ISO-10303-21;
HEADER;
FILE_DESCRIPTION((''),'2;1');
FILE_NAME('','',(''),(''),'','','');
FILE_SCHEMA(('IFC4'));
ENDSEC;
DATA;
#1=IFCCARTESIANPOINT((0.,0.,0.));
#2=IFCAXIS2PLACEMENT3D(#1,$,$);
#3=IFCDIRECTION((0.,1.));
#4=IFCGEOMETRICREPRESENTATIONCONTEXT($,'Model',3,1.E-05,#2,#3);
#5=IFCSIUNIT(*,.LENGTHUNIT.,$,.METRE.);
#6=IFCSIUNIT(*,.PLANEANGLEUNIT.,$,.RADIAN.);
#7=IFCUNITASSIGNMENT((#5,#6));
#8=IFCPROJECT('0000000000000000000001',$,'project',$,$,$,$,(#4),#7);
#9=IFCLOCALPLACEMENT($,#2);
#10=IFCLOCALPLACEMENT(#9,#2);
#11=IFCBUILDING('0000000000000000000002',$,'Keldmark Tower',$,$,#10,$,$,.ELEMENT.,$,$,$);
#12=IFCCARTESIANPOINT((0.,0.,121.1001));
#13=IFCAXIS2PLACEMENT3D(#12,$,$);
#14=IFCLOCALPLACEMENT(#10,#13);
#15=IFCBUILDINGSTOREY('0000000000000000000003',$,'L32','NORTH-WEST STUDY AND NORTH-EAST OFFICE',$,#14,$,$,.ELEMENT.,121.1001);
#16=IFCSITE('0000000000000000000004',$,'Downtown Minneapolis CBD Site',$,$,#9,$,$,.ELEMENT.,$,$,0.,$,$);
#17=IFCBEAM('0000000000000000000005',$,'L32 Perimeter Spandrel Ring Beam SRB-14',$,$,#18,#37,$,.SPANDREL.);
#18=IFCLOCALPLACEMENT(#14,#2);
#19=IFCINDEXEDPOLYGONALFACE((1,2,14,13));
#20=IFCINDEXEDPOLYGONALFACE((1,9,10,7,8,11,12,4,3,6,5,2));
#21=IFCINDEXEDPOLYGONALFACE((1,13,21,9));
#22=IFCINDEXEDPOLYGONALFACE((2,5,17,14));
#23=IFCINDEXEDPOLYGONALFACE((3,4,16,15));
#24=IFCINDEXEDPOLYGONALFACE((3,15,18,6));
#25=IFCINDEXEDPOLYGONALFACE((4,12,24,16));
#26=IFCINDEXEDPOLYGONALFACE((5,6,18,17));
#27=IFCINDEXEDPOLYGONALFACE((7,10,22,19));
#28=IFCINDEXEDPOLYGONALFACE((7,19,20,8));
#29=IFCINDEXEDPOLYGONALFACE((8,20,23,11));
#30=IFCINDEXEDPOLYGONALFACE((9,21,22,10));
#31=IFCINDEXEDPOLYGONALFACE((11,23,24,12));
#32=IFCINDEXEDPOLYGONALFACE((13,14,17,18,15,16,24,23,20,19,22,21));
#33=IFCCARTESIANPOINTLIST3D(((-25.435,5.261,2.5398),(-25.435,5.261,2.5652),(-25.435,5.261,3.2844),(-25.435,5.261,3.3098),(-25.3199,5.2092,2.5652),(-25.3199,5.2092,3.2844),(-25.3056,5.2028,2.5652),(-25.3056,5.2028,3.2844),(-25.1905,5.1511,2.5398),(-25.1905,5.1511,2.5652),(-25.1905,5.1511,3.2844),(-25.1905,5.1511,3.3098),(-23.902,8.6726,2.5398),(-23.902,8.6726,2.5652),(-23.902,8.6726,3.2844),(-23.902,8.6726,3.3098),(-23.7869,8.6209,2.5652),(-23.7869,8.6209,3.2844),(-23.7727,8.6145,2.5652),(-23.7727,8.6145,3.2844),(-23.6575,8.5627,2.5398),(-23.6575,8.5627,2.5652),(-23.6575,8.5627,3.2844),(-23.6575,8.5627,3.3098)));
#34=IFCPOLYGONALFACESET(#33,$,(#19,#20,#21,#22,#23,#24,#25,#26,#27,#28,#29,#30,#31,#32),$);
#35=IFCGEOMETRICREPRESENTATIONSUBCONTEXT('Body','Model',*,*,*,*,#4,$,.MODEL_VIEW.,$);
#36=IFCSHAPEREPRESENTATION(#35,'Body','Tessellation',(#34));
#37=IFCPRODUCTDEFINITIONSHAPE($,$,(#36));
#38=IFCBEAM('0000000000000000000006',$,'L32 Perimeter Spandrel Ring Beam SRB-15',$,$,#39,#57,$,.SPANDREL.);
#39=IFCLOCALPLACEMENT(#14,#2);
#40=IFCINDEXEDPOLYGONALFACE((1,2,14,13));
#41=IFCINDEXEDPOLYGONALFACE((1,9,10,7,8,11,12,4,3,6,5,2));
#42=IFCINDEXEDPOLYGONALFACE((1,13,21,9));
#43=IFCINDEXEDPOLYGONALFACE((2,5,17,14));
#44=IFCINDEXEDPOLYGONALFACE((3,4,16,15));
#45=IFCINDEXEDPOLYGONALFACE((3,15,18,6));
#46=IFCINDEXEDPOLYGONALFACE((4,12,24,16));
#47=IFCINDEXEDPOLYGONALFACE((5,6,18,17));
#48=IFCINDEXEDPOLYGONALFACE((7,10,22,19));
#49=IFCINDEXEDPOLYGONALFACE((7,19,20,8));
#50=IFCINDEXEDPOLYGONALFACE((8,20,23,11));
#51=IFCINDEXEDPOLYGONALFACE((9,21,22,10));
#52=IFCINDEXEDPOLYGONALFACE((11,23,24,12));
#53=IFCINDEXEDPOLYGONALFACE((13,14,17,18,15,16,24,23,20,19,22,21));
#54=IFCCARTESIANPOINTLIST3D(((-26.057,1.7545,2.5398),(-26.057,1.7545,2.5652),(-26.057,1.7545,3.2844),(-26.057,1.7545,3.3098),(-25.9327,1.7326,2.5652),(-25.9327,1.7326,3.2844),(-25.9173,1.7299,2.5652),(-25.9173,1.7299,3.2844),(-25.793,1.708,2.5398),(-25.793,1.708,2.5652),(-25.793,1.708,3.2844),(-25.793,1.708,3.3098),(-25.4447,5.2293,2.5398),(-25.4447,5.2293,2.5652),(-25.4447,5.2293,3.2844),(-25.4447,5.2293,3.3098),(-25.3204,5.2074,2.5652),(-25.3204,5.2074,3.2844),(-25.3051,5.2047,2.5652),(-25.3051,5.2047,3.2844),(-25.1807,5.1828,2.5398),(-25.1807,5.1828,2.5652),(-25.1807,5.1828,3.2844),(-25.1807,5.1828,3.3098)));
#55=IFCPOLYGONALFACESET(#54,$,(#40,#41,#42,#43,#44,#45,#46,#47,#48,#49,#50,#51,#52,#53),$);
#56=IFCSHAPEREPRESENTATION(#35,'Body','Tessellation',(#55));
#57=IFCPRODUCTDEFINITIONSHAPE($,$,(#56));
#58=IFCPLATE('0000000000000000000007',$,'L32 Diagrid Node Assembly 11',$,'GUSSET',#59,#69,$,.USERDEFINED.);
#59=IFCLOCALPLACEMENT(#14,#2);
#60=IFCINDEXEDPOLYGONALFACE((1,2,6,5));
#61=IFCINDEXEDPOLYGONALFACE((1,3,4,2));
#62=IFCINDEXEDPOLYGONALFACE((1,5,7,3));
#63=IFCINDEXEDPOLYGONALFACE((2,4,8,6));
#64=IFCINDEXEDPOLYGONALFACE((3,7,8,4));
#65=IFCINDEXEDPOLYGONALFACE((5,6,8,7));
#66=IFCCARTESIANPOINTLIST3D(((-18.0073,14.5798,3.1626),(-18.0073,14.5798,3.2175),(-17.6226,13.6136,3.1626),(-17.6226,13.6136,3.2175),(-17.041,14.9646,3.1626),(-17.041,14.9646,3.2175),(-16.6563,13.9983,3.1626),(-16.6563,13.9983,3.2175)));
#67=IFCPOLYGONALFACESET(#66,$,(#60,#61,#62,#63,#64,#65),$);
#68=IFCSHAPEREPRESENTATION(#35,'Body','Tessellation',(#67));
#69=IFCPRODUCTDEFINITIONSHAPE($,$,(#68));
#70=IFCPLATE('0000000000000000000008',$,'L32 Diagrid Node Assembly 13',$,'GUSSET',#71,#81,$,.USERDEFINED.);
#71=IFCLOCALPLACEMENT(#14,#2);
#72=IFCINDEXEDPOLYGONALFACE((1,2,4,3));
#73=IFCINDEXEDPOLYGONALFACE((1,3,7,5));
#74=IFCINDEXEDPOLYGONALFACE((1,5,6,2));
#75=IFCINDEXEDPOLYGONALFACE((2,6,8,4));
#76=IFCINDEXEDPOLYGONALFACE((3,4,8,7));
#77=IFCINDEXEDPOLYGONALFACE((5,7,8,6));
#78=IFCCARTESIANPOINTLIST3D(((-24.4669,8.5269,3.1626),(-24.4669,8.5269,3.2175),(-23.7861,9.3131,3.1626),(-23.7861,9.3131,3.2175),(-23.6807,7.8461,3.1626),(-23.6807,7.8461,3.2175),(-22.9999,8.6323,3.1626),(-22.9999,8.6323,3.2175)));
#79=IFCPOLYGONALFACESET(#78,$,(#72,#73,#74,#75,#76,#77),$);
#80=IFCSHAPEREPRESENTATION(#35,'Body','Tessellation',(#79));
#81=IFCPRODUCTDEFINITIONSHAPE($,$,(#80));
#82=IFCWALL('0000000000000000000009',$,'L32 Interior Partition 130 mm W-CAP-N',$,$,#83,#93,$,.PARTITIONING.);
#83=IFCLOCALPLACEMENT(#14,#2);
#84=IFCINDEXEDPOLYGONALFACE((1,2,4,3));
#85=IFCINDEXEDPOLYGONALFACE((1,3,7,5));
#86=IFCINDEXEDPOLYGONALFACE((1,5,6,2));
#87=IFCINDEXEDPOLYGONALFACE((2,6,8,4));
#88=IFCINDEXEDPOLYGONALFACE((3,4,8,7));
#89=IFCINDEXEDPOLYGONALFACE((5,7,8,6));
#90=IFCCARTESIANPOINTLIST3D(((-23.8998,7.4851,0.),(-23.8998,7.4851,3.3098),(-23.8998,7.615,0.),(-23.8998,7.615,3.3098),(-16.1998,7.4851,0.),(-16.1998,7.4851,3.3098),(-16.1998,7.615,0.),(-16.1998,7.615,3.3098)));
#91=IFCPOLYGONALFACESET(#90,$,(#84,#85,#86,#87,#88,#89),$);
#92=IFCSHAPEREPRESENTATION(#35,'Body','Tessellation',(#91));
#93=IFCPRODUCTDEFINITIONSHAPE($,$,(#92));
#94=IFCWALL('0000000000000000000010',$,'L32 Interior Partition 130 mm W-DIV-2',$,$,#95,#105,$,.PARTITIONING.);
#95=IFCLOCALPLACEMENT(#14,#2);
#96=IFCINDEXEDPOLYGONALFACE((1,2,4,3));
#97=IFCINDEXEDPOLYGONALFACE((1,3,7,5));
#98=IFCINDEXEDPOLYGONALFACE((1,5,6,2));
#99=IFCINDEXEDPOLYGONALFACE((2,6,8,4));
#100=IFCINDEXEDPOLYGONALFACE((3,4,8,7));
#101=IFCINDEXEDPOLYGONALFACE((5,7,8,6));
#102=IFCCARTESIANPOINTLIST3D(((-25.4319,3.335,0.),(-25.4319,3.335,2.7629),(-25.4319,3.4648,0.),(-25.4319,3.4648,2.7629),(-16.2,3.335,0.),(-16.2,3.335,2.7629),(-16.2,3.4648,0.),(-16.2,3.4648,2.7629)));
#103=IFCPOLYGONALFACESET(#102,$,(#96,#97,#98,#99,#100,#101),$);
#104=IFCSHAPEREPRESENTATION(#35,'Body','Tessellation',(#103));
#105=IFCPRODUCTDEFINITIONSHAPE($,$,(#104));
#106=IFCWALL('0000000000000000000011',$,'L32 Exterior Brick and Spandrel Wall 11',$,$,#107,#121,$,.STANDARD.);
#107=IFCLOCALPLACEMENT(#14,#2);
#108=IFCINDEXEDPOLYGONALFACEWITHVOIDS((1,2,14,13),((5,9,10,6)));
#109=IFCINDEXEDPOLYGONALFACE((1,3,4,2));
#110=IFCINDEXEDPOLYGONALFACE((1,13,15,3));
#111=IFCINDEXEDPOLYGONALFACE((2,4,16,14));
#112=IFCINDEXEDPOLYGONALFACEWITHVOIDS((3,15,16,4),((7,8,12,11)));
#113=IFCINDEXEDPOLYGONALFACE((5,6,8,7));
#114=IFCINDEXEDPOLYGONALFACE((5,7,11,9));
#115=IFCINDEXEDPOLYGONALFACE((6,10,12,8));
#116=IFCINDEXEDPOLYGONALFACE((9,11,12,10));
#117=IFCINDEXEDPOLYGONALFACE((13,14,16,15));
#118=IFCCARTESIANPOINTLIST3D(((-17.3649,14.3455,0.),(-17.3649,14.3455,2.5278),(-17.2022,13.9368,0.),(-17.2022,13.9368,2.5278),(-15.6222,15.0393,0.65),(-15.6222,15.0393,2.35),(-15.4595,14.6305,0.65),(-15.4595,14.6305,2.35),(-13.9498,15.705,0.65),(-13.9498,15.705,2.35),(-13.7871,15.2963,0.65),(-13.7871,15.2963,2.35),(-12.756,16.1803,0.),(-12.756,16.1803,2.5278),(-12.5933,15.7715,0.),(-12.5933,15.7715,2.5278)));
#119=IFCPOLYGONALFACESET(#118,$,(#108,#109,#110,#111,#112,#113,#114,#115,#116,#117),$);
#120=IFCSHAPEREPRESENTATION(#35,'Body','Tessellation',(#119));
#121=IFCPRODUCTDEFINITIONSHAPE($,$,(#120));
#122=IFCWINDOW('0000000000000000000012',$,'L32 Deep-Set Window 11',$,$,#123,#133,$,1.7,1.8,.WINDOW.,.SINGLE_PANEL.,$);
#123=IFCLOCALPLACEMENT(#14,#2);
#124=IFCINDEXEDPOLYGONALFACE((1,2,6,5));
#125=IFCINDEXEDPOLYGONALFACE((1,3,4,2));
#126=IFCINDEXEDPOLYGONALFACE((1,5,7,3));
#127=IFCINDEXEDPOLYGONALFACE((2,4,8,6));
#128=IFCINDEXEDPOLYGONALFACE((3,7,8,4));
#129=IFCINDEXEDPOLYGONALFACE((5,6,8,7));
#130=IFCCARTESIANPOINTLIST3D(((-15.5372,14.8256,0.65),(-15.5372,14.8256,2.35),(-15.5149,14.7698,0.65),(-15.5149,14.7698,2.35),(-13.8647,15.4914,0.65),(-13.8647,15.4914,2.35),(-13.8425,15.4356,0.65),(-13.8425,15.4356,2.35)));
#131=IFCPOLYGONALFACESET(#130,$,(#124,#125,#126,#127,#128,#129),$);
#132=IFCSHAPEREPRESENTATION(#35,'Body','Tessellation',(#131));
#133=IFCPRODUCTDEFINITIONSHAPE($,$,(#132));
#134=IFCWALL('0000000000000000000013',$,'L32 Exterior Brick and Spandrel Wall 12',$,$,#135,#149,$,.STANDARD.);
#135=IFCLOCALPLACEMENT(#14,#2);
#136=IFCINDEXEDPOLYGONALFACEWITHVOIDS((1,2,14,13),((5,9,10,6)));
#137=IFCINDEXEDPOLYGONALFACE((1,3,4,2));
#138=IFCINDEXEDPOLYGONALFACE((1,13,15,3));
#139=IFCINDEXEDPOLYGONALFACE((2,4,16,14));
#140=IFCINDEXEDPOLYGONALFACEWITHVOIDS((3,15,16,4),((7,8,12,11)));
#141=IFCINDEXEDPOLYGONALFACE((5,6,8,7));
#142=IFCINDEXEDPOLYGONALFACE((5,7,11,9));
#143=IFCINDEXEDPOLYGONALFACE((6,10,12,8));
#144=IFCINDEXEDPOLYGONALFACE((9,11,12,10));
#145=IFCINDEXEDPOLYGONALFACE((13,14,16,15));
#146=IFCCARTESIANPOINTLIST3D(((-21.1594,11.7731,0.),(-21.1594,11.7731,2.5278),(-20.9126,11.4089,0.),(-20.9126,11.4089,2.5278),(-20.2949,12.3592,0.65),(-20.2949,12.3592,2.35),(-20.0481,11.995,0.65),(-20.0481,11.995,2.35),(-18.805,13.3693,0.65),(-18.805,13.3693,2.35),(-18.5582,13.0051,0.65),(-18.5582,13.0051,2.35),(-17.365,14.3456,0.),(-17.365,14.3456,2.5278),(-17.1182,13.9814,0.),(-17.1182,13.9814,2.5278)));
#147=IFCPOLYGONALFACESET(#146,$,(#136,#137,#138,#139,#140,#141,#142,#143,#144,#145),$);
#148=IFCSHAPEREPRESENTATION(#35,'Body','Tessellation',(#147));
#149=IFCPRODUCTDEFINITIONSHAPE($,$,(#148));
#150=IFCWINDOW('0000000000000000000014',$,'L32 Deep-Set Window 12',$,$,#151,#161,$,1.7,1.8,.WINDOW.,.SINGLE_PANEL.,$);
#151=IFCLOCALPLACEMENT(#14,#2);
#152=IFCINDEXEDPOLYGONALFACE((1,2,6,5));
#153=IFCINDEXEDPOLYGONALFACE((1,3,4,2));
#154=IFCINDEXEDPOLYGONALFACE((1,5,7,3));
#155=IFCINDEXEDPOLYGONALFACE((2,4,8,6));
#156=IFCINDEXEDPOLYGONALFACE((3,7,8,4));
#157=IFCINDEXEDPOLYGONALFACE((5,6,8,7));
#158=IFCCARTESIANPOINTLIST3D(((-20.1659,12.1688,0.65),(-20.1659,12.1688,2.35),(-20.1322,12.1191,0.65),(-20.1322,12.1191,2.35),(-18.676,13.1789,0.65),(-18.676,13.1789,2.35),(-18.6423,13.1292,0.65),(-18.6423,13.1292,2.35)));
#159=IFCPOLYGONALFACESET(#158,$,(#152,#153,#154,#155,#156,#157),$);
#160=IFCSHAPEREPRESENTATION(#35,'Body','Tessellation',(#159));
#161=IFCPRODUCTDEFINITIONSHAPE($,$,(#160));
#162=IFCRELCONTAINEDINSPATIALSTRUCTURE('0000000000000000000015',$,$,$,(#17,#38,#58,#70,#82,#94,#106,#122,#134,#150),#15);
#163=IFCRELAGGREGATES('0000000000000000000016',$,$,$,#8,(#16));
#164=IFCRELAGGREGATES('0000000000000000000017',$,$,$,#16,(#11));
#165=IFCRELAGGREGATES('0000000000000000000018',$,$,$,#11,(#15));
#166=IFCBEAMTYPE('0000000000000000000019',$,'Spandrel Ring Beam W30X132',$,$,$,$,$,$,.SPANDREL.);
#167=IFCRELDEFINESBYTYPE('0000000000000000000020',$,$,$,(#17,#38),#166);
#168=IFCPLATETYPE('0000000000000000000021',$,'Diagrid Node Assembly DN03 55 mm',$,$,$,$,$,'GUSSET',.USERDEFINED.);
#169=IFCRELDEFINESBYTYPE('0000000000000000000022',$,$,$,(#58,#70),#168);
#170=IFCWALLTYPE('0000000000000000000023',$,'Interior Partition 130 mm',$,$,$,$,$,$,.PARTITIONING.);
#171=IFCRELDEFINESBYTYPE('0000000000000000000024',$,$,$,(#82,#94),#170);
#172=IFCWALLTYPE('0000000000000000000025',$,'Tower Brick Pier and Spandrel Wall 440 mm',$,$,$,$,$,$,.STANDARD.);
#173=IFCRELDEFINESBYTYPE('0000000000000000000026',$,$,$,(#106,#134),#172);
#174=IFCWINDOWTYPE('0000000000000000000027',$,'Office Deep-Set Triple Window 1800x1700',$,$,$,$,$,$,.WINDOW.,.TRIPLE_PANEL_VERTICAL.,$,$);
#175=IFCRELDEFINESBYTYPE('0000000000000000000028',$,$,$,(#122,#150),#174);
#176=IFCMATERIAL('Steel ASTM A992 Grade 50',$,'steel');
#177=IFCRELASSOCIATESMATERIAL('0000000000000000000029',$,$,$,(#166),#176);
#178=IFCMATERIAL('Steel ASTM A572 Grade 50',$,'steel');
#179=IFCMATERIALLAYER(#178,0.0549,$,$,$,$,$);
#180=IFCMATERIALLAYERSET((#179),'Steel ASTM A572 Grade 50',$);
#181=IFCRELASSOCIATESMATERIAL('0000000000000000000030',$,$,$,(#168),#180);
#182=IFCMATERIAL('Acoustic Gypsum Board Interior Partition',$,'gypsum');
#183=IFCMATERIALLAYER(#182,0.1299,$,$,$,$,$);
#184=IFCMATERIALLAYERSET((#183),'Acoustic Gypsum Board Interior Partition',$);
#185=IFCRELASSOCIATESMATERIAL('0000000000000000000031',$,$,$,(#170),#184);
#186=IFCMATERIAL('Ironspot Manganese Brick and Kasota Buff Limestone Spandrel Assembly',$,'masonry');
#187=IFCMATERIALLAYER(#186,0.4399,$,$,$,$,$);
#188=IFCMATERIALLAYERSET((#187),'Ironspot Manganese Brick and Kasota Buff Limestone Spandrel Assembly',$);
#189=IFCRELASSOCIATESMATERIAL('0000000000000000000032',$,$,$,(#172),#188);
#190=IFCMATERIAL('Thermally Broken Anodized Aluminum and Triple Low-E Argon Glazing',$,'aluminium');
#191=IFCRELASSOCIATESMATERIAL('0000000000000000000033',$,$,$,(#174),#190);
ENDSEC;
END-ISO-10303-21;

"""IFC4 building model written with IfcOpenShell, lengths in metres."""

from ifc_helpers import new_model, si_unit, direction, frame, frame_2d, origin, origin_2d, place, context, subcontext, project, spatial, rectangle, i_section, extrude, material, layer, layer_set, material_profile, profile_set, type_object, element, fill, save


model = new_model("IFC4")

# Units and contexts
model_context = context("Model", 3, precision=1e-05, world=origin(), true_north=direction((0.0, 1.0)))
body_context = subcontext(model_context, "Body", "Model", "MODEL_VIEW")
ifc_project = project(units=[si_unit("LENGTHUNIT", "METRE"), si_unit("PLANEANGLEUNIT", "RADIAN")], contexts=[model_context])

# Site, building, storey
site_placement = place(None, origin())
site = spatial("IfcSite", under=ifc_project, at=site_placement, Name="Downtown Minneapolis CBD Site", CompositionType="ELEMENT", RefElevation=0.0)
building_placement = place(site_placement, origin())
building = spatial("IfcBuilding", under=site, at=building_placement, Name="Keldmark Tower", CompositionType="ELEMENT")
storey_placement = place(building_placement, frame((0.0, 0.0, 121.1001)))
storey = spatial("IfcBuildingStorey", under=building, at=storey_placement, Name="L32", Description="NORTH-WEST STUDY AND NORTH-EAST OFFICE", CompositionType="ELEMENT", Elevation=121.1001)

# Beams
ifc_material_1 = material(Name="Steel ASTM A992 Grade 50", Category="steel")
ifc_material_profile_1 = material_profile(ifc_material_1, i_section(OverallWidth=0.2681, OverallDepth=0.77, WebThickness=0.0156, FlangeThickness=0.0254, at=origin_2d()), Name="W30X132")
ifc_profile_set_1 = profile_set([ifc_material_profile_1], Name="Steel ASTM A992 Grade 50")
beam_type_1 = type_object("IfcBeamType", Name="Spandrel Ring Beam W30X132", PredefinedType="SPANDREL", material=ifc_profile_set_1)
beam_1_placement = place(storey_placement, frame((-23.7798, 8.6177, 2.9248), z_axis=(-0.40986, -0.912149, 0.0), x_axis=(0.912149, -0.40986, 0.0)))
element("IfcBeam", 1, at=beam_1_placement, inside=storey, type_object=beam_type_1, Name="L32 Perimeter Spandrel Ring Beam SRB-14", PredefinedType="SPANDREL", context=body_context, shape_type="SweptSolid", body=[
    extrude(i_section(OverallWidth=0.2681, OverallDepth=0.77, WebThickness=0.0156, FlangeThickness=0.0254, at=origin_2d()), origin(), (0.0, 0.0, 1.0), 3.7402),
])
beam_2_placement = place(storey_placement, frame((-25.3127, 5.2061, 2.9248), z_axis=(-0.173537, -0.984827, 0.0), x_axis=(0.984827, -0.173537, 0.0)))
element("IfcBeam", 2, at=beam_2_placement, inside=storey, type_object=beam_type_1, Name="L32 Perimeter Spandrel Ring Beam SRB-15", PredefinedType="SPANDREL", context=body_context, shape_type="SweptSolid", body=[
    extrude(i_section(OverallWidth=0.2681, OverallDepth=0.77, WebThickness=0.0156, FlangeThickness=0.0254, at=origin_2d()), origin(), (0.0, 0.0, 1.0), 3.5283),
])

# Plates
ifc_material_2 = material(Name="Steel ASTM A572 Grade 50", Category="steel")
ifc_layer_1 = layer(ifc_material_2, 0.0549)
ifc_layer_set_1 = layer_set([ifc_layer_1], Name="Steel ASTM A572 Grade 50")
plate_type = type_object("IfcPlateType", Name="Diagrid Node Assembly DN03 55 mm", ElementType="GUSSET", PredefinedType="USERDEFINED", material=ifc_layer_set_1)
for number, where, z_axis, x_axis, name in (
    (3, (-17.3318, 14.2891, 3.1626), (0.0, 0.0, 1.0), (-0.929068, -0.369909, 0.0), "L32 Diagrid Node Assembly 11"),
    (4, (-23.7334, 8.5796, 3.1626), (0.0, 0.0, 1.0), (-0.654609, -0.755968, 0.0), "L32 Diagrid Node Assembly 13"),
):
    element("IfcPlate", number, at=place(storey_placement, frame(where, z_axis=z_axis, x_axis=x_axis)), inside=storey, type_object=plate_type, Name=name, ObjectType="GUSSET", PredefinedType="USERDEFINED", context=body_context, shape_type="SweptSolid", body=[
        extrude(rectangle(XDim=1.04, YDim=1.04, at=origin_2d()), origin(), (0.0, 0.0, 1.0), 0.0549),
    ])

# Walls
ifc_material_3 = material(Name="Acoustic Gypsum Board Interior Partition", Category="gypsum")
ifc_layer_2 = layer(ifc_material_3, 0.1299)
ifc_layer_set_2 = layer_set([ifc_layer_2], Name="Acoustic Gypsum Board Interior Partition")
wall_type_1 = type_object("IfcWallType", Name="Interior Partition 130 mm", PredefinedType="PARTITIONING", material=ifc_layer_set_2)
wall_1_placement = place(storey_placement, frame((-23.8999, 7.55, 0.0), z_axis=(0.0, 0.0, 1.0), x_axis=(1.0, 0.0, 0.0)))
element("IfcWall", 5, at=wall_1_placement, inside=storey, type_object=wall_type_1, Name="L32 Interior Partition 130 mm W-CAP-N", PredefinedType="PARTITIONING", context=body_context, shape_type="SweptSolid", body=[
    extrude(rectangle(XDim=7.7, YDim=0.1299, at=frame_2d((3.8501, 0.0))), origin(), (0.0, 0.0, 1.0), 3.3098),
])
wall_2_placement = place(storey_placement, frame((-25.4319, 3.3999, 0.0), z_axis=(0.0, 0.0, 1.0), x_axis=(1.0, 0.0, 0.0)))
element("IfcWall", 6, at=wall_2_placement, inside=storey, type_object=wall_type_1, Name="L32 Interior Partition 130 mm W-DIV-2", PredefinedType="PARTITIONING", context=body_context, shape_type="SweptSolid", body=[
    extrude(rectangle(XDim=9.2319, YDim=0.1299, at=frame_2d((4.616, 0.0))), origin(), (0.0, 0.0, 1.0), 2.7629),
])

# Walls, openings, windows
ifc_material_4 = material(Name="Ironspot Manganese Brick and Kasota Buff Limestone Spandrel Assembly", Category="masonry")
ifc_layer_3 = layer(ifc_material_4, 0.4399)
ifc_layer_set_3 = layer_set([ifc_layer_3], Name="Ironspot Manganese Brick and Kasota Buff Limestone Spandrel Assembly")
wall_type_2 = type_object("IfcWallType", Name="Tower Brick Pier and Spandrel Wall 440 mm", PredefinedType="STANDARD", material=ifc_layer_set_3)
wall_3_placement = place(storey_placement, frame((-17.2837, 14.1411, 0.0), z_axis=(0.0, 0.0, 1.0), x_axis=(0.92909, 0.369854, 0.0)))
wall_3 = element("IfcWall", 7, at=wall_3_placement, inside=storey, type_object=wall_type_2, Name="L32 Exterior Brick and Spandrel Wall 11", PredefinedType="STANDARD", context=body_context, shape_type="SweptSolid", body=[
    extrude(rectangle(XDim=4.9607, YDim=0.4399, at=frame_2d((2.4805, 0.0))), origin(), (0.0, 0.0, 1.0), 2.5278),
])
opening_1_placement = place(wall_3_placement, frame((1.876, 0.0, 0.6499)))
opening_1 = element("IfcOpeningElement", 8, at=opening_1_placement, cuts=wall_3, PredefinedType="OPENING", context=body_context, shape_type="SweptSolid", body=[
    extrude(rectangle(XDim=1.8, YDim=1.7, at=frame_2d((0.8999, 0.8501))), frame((0.0, 0.23, 0.0), z_axis=(0.0, -1.0, 0.0), x_axis=(1.0, 0.0, 0.0)), (0.0, 0.0, 1.0), 0.46),
])
ifc_material_5 = material(Name="Thermally Broken Anodized Aluminum and Triple Low-E Argon Glazing", Category="aluminium")
window_type = type_object("IfcWindowType", Name="Office Deep-Set Triple Window 1800x1700", PartitioningType="TRIPLE_PANEL_VERTICAL", PredefinedType="WINDOW", material=ifc_material_5)
window_1_placement = place(opening_1_placement, origin())
window_1 = element("IfcWindow", 9, at=window_1_placement, inside=storey, type_object=window_type, Name="L32 Deep-Set Window 11", OverallHeight=1.7, OverallWidth=1.8, PartitioningType="SINGLE_PANEL", PredefinedType="WINDOW", context=body_context, shape_type="SweptSolid", body=[
    extrude(rectangle(XDim=1.8, YDim=1.7, at=frame_2d((0.8999, 0.8501))), frame((0.0, -0.01, 0.0), z_axis=(0.0, -1.0, 0.0), x_axis=(1.0, 0.0, 0.0)), (0.0, 0.0, 1.0), 0.0601),
])
fill(opening_1, window_1)
wall_4_placement = place(storey_placement, frame((-21.0359, 11.5911, 0.0), z_axis=(0.0, 0.0, 1.0), x_axis=(0.827707, 0.56116, 0.0)))
wall_4 = element("IfcWall", 10, at=wall_4_placement, inside=storey, type_object=wall_type_2, Name="L32 Exterior Brick and Spandrel Wall 12", PredefinedType="STANDARD", context=body_context, shape_type="SweptSolid", body=[
    extrude(rectangle(XDim=4.5842, YDim=0.4399, at=frame_2d((2.292, 0.0))), origin(), (0.0, 0.0, 1.0), 2.5278),
])
opening_2_placement = place(wall_4_placement, frame((1.0444, 0.0, 0.6499)))
opening_2 = element("IfcOpeningElement", 11, at=opening_2_placement, cuts=wall_4, PredefinedType="OPENING", context=body_context, shape_type="SweptSolid", body=[
    extrude(rectangle(XDim=1.8, YDim=1.7, at=frame_2d((0.8999, 0.8501))), frame((0.0, 0.23, 0.0), z_axis=(0.0, -1.0, 0.0), x_axis=(1.0, 0.0, 0.0)), (0.0, 0.0, 1.0), 0.46),
])
window_2_placement = place(opening_2_placement, origin())
window_2 = element("IfcWindow", 12, at=window_2_placement, inside=storey, type_object=window_type, Name="L32 Deep-Set Window 12", OverallHeight=1.7, OverallWidth=1.8, PartitioningType="SINGLE_PANEL", PredefinedType="WINDOW", context=body_context, shape_type="SweptSolid", body=[
    extrude(rectangle(XDim=1.8, YDim=1.7, at=frame_2d((0.8999, 0.8501))), frame((0.0, -0.01, 0.0), z_axis=(0.0, -1.0, 0.0), x_axis=(1.0, 0.0, 0.0)), (0.0, 0.0, 1.0), 0.0601),
])
fill(opening_2, window_2)

save(model, "model.ifc")
